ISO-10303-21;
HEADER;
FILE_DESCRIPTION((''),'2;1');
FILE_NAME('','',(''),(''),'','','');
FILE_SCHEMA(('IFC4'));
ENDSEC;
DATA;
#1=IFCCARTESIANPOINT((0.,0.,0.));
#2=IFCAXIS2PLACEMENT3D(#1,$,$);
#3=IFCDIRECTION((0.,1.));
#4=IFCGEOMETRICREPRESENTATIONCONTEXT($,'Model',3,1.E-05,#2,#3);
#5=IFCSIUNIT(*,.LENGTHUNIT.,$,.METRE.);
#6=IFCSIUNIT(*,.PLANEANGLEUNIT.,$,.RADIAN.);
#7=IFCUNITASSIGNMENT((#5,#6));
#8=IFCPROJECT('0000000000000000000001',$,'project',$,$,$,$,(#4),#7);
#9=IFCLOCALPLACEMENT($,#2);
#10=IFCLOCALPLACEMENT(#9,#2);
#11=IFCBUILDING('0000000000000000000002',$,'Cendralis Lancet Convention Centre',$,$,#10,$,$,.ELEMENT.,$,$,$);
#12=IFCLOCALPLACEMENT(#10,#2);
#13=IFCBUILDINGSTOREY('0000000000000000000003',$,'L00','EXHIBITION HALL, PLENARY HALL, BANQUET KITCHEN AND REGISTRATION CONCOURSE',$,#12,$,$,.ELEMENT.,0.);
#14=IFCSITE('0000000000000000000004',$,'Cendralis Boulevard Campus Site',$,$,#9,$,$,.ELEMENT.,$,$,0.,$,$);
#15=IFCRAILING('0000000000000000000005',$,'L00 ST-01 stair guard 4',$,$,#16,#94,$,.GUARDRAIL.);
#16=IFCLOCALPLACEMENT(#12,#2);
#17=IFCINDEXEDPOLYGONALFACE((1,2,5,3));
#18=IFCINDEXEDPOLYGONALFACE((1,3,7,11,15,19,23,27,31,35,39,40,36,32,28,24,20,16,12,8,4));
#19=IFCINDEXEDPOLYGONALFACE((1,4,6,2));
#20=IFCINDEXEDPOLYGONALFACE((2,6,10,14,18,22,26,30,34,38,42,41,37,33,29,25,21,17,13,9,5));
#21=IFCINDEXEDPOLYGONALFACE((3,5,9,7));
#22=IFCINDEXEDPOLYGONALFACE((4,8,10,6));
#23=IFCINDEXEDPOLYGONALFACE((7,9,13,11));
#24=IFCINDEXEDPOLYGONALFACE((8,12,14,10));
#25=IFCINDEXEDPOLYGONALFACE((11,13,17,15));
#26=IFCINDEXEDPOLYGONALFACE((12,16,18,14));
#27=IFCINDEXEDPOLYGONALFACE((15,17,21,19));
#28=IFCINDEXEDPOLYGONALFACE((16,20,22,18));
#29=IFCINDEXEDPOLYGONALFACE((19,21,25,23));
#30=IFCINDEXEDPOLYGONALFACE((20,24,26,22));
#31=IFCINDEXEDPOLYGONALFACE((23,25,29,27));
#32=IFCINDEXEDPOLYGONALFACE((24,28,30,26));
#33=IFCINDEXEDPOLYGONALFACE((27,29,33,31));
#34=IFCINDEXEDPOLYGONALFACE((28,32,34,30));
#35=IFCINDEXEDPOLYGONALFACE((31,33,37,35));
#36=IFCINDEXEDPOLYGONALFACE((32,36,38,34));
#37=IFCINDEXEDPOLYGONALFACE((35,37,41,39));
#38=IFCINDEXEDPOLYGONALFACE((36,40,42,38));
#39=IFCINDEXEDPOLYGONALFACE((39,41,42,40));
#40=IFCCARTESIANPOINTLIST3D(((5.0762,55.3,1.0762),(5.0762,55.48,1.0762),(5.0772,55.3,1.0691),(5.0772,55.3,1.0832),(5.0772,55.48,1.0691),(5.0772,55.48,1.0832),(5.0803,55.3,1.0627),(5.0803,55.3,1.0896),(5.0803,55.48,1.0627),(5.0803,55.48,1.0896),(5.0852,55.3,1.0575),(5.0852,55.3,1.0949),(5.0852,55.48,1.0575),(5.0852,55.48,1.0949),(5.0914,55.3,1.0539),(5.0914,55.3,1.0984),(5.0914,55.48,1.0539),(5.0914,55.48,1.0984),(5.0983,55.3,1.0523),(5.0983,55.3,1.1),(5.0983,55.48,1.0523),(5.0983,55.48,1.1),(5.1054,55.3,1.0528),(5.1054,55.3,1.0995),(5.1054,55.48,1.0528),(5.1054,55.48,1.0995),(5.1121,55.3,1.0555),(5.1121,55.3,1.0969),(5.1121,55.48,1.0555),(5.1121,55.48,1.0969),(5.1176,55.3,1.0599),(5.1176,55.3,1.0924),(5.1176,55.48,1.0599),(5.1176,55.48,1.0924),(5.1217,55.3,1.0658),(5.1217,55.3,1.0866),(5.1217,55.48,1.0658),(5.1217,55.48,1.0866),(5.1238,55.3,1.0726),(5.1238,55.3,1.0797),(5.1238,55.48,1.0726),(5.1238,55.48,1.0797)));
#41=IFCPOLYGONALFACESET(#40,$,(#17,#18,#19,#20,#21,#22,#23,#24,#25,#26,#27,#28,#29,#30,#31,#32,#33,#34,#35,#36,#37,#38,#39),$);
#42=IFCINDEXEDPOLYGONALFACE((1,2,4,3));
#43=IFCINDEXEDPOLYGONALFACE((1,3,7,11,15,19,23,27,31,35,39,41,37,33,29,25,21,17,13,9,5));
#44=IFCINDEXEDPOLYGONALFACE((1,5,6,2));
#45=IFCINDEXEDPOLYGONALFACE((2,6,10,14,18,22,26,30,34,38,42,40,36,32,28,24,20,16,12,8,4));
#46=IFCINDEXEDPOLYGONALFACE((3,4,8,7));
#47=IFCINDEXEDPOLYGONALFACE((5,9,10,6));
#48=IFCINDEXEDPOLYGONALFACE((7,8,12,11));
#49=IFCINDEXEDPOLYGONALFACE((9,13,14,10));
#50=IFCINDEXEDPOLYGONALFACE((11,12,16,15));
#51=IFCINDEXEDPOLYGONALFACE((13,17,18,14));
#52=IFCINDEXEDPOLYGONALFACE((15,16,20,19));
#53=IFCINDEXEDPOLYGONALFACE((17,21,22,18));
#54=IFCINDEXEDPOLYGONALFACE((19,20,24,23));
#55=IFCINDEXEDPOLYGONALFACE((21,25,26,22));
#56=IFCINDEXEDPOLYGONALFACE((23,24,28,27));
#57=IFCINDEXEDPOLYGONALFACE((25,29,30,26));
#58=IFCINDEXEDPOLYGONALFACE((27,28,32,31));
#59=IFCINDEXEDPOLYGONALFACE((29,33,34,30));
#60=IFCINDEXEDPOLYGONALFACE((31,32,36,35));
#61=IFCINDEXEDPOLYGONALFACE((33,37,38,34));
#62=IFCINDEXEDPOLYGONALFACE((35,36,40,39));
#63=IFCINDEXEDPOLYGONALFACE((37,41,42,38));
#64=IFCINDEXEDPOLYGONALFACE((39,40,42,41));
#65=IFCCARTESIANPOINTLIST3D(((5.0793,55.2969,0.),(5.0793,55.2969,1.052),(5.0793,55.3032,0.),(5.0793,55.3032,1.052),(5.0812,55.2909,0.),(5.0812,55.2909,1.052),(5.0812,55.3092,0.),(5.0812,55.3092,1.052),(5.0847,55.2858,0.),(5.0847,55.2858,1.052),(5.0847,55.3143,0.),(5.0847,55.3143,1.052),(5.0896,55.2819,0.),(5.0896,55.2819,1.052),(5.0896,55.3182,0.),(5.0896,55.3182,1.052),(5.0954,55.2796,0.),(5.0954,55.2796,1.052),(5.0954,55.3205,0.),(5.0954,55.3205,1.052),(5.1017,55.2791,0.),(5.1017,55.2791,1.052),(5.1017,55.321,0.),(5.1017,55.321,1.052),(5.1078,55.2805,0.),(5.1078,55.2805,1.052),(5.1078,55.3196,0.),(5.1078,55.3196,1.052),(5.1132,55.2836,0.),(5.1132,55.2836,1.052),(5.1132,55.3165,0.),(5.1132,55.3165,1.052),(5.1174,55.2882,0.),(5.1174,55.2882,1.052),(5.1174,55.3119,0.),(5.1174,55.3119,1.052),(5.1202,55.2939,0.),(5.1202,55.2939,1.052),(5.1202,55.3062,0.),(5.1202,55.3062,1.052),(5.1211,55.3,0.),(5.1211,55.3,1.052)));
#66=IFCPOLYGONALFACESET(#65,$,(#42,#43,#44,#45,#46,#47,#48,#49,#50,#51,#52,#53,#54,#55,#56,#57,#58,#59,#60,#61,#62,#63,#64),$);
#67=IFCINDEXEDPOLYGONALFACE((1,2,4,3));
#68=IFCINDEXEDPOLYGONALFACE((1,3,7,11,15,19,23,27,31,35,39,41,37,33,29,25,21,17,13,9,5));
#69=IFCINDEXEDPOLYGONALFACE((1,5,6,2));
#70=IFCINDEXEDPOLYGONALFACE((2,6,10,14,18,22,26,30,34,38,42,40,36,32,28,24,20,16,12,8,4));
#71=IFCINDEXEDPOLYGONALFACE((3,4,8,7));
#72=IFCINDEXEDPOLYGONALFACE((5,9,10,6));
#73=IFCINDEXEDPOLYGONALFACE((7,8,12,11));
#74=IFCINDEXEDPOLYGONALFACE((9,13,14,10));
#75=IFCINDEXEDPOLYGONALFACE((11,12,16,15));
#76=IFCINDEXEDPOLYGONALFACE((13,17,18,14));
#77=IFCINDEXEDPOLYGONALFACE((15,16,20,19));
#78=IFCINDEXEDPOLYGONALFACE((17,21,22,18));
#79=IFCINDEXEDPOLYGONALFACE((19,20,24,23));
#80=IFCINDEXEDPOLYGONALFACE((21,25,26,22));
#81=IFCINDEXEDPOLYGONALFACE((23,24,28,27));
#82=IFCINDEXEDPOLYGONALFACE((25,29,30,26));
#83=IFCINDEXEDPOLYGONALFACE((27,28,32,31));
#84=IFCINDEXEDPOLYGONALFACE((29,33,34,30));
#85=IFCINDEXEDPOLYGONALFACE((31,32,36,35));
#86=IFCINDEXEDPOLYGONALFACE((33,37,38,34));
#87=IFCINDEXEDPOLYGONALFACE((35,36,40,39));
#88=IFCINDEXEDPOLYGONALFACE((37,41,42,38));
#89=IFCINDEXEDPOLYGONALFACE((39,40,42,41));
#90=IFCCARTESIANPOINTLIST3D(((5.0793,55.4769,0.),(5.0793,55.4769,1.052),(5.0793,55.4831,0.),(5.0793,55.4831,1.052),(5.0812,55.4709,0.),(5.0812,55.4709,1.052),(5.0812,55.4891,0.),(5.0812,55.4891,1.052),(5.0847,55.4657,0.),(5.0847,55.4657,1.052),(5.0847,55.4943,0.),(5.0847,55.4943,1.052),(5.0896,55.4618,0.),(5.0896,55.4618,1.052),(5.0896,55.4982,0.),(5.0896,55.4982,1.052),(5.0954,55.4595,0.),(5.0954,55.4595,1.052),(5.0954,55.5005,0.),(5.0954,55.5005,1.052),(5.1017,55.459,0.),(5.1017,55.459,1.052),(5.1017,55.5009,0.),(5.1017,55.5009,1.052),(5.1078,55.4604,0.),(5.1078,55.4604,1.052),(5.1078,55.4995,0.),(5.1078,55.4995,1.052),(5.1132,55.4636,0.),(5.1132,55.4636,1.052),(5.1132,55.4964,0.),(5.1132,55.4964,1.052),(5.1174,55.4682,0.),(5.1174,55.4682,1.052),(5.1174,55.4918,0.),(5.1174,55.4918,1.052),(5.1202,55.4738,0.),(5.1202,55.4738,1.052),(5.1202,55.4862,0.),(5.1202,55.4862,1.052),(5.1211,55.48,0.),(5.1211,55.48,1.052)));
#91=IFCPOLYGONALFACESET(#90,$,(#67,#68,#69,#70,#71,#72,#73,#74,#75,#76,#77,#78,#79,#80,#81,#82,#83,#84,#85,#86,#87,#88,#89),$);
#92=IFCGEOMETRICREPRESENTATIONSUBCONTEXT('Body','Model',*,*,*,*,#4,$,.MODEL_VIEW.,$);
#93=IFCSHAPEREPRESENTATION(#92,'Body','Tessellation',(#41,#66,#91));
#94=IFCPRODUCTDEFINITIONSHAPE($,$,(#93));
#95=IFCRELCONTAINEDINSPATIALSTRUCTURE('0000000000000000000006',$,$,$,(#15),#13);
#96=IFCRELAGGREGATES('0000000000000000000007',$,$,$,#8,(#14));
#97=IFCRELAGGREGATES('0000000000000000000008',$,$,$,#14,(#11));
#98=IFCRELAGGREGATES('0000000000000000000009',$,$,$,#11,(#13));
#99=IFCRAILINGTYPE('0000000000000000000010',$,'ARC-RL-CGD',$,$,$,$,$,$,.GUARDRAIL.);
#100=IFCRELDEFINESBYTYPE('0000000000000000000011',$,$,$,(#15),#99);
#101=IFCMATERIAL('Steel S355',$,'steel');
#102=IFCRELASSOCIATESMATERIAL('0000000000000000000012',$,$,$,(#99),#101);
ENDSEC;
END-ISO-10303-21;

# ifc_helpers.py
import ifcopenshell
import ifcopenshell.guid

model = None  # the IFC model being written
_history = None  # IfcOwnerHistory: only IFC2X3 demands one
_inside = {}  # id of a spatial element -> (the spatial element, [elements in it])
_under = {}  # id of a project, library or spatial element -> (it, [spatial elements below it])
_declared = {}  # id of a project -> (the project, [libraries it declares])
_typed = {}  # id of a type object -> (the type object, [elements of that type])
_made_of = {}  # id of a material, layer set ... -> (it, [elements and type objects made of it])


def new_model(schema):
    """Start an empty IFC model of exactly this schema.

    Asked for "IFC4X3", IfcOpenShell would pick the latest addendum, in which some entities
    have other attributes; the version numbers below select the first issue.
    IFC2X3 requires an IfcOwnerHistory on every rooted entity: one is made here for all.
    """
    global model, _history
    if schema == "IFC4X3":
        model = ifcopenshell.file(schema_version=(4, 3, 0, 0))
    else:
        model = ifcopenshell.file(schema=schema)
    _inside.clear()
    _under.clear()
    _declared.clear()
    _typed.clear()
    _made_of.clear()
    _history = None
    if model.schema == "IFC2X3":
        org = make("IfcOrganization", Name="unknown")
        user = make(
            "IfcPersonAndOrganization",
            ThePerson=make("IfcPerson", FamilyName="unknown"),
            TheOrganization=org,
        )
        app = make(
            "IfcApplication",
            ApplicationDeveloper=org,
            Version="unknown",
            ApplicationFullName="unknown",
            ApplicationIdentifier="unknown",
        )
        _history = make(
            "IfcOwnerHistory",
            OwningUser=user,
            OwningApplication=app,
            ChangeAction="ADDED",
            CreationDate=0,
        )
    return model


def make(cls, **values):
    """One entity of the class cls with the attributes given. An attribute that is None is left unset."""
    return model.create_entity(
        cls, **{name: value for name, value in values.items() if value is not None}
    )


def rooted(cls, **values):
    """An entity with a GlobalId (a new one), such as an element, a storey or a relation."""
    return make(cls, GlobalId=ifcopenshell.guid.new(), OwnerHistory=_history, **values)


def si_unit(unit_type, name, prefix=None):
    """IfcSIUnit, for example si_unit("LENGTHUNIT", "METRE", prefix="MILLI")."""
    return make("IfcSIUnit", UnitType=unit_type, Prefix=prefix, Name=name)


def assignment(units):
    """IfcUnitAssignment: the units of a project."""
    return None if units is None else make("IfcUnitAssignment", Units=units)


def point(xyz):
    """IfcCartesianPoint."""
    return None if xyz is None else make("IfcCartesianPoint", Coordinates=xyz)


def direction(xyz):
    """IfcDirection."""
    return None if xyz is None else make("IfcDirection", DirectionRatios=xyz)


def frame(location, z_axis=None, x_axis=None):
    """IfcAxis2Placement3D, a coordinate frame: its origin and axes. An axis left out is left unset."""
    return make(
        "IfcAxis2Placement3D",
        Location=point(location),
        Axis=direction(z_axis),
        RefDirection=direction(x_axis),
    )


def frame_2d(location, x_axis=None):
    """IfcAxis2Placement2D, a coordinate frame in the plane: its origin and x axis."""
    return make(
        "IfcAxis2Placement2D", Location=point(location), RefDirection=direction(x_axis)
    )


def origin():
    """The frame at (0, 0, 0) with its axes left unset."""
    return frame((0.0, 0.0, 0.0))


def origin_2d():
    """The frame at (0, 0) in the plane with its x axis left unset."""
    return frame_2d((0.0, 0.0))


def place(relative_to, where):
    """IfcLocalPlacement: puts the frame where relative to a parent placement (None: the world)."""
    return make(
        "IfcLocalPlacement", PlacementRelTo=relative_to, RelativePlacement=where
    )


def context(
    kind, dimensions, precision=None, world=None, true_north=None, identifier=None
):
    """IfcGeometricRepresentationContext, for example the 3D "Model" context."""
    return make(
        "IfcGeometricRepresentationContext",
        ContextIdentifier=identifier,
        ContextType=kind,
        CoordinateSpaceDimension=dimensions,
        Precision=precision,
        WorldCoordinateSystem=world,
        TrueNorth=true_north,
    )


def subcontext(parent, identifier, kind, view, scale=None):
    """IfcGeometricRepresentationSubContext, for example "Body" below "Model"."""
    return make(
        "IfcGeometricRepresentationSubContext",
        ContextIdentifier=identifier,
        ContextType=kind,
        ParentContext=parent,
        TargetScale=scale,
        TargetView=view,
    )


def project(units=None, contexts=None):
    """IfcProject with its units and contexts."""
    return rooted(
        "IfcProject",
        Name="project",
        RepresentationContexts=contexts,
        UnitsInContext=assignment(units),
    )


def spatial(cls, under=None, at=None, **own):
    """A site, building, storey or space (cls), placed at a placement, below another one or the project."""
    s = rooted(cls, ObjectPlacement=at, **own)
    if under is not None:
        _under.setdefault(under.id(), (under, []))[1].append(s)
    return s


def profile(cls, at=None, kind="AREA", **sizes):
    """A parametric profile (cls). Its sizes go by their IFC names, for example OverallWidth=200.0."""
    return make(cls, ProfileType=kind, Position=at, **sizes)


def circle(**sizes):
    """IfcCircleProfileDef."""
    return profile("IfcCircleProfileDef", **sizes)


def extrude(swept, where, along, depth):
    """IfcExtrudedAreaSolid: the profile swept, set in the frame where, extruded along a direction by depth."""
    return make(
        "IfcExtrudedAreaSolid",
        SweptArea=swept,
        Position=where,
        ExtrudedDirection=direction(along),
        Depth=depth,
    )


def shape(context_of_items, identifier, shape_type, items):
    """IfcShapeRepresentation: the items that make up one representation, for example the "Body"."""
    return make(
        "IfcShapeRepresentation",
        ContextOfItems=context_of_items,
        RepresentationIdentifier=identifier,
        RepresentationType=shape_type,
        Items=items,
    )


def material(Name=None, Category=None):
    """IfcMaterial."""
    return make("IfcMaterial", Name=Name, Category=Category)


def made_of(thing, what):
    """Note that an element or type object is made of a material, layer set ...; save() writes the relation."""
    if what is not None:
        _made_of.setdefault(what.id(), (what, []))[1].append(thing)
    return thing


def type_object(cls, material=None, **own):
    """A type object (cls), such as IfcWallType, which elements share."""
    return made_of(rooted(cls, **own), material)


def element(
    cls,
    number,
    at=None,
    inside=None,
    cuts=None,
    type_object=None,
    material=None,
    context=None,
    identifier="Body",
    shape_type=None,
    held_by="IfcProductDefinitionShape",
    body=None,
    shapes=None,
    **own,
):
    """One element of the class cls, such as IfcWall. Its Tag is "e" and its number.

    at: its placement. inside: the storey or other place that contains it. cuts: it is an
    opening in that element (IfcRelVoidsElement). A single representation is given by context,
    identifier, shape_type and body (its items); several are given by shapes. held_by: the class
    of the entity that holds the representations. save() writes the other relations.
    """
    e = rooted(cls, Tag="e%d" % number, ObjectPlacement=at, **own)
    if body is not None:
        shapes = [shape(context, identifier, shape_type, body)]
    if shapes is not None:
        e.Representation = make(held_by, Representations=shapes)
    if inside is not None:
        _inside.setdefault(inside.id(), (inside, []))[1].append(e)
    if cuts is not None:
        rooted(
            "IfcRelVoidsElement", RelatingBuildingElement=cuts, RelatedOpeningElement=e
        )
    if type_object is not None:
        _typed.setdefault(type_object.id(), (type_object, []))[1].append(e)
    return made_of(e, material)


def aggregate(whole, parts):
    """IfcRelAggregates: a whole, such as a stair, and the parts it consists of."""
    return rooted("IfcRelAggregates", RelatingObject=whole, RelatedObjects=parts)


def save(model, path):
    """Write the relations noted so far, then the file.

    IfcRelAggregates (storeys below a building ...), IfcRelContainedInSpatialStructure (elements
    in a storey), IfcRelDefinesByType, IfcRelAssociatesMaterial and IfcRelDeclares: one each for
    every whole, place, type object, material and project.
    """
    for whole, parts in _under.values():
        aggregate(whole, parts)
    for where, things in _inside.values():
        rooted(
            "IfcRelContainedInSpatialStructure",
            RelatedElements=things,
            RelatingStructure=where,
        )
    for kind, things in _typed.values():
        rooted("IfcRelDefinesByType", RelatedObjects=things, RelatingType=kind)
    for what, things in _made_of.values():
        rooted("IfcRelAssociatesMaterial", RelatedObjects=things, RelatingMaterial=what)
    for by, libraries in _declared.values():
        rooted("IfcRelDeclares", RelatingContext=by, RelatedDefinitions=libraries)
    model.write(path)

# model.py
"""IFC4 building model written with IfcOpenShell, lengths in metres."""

from ifc_helpers import new_model, si_unit, direction, frame, origin, origin_2d, place, context, subcontext, project, spatial, circle, extrude, material, type_object, element, save


model = new_model("IFC4")

# Units and contexts
model_context = context("Model", 3, precision=1e-05, world=origin(), true_north=direction((0.0, 1.0)))
body_context = subcontext(model_context, "Body", "Model", "MODEL_VIEW")
ifc_project = project(units=[si_unit("LENGTHUNIT", "METRE"), si_unit("PLANEANGLEUNIT", "RADIAN")], contexts=[model_context])

# Site, building, storey
site_placement = place(None, origin())
site = spatial("IfcSite", under=ifc_project, at=site_placement, Name="Cendralis Boulevard Campus Site", CompositionType="ELEMENT", RefElevation=0.0)
building_placement = place(site_placement, origin())
building = spatial("IfcBuilding", under=site, at=building_placement, Name="Cendralis Lancet Convention Centre", CompositionType="ELEMENT")
storey_placement = place(building_placement, origin())
storey = spatial("IfcBuildingStorey", under=building, at=storey_placement, Name="L00", Description="EXHIBITION HALL, PLENARY HALL, BANQUET KITCHEN AND REGISTRATION CONCOURSE", CompositionType="ELEMENT", Elevation=0.0)

# Shared definitions
ifc_material_1 = material(Name="Steel S355", Category="steel")

# Railing
railing_type_1 = type_object("IfcRailingType", Name="ARC-RL-CGD", PredefinedType="GUARDRAIL", material=ifc_material_1)
railing_1_placement = place(storey_placement, frame((5.1001, 55.3, 0.0)))
element("IfcRailing", 1, at=railing_1_placement, inside=storey, type_object=railing_type_1, Name="L00 ST-01 stair guard 4", PredefinedType="GUARDRAIL", context=body_context, shape_type="SweptSolid", body=[
    extrude(circle(Radius=0.0239, at=origin_2d()), frame((0.0, 0.0, 1.0762), z_axis=(0.0, 1.0, 0.0), x_axis=(-1.0, 0.0, 0.0)), (0.0, 0.0, 1.0), 0.1799),
    extrude(circle(Radius=0.021, at=origin_2d()), origin(), (0.0, 0.0, 1.0), 1.052),
    extrude(circle(Radius=0.021, at=origin_2d()), frame((0.0, 0.1799, 0.0)), (0.0, 0.0, 1.0), 1.052),
])

save(model, "model.ifc")
